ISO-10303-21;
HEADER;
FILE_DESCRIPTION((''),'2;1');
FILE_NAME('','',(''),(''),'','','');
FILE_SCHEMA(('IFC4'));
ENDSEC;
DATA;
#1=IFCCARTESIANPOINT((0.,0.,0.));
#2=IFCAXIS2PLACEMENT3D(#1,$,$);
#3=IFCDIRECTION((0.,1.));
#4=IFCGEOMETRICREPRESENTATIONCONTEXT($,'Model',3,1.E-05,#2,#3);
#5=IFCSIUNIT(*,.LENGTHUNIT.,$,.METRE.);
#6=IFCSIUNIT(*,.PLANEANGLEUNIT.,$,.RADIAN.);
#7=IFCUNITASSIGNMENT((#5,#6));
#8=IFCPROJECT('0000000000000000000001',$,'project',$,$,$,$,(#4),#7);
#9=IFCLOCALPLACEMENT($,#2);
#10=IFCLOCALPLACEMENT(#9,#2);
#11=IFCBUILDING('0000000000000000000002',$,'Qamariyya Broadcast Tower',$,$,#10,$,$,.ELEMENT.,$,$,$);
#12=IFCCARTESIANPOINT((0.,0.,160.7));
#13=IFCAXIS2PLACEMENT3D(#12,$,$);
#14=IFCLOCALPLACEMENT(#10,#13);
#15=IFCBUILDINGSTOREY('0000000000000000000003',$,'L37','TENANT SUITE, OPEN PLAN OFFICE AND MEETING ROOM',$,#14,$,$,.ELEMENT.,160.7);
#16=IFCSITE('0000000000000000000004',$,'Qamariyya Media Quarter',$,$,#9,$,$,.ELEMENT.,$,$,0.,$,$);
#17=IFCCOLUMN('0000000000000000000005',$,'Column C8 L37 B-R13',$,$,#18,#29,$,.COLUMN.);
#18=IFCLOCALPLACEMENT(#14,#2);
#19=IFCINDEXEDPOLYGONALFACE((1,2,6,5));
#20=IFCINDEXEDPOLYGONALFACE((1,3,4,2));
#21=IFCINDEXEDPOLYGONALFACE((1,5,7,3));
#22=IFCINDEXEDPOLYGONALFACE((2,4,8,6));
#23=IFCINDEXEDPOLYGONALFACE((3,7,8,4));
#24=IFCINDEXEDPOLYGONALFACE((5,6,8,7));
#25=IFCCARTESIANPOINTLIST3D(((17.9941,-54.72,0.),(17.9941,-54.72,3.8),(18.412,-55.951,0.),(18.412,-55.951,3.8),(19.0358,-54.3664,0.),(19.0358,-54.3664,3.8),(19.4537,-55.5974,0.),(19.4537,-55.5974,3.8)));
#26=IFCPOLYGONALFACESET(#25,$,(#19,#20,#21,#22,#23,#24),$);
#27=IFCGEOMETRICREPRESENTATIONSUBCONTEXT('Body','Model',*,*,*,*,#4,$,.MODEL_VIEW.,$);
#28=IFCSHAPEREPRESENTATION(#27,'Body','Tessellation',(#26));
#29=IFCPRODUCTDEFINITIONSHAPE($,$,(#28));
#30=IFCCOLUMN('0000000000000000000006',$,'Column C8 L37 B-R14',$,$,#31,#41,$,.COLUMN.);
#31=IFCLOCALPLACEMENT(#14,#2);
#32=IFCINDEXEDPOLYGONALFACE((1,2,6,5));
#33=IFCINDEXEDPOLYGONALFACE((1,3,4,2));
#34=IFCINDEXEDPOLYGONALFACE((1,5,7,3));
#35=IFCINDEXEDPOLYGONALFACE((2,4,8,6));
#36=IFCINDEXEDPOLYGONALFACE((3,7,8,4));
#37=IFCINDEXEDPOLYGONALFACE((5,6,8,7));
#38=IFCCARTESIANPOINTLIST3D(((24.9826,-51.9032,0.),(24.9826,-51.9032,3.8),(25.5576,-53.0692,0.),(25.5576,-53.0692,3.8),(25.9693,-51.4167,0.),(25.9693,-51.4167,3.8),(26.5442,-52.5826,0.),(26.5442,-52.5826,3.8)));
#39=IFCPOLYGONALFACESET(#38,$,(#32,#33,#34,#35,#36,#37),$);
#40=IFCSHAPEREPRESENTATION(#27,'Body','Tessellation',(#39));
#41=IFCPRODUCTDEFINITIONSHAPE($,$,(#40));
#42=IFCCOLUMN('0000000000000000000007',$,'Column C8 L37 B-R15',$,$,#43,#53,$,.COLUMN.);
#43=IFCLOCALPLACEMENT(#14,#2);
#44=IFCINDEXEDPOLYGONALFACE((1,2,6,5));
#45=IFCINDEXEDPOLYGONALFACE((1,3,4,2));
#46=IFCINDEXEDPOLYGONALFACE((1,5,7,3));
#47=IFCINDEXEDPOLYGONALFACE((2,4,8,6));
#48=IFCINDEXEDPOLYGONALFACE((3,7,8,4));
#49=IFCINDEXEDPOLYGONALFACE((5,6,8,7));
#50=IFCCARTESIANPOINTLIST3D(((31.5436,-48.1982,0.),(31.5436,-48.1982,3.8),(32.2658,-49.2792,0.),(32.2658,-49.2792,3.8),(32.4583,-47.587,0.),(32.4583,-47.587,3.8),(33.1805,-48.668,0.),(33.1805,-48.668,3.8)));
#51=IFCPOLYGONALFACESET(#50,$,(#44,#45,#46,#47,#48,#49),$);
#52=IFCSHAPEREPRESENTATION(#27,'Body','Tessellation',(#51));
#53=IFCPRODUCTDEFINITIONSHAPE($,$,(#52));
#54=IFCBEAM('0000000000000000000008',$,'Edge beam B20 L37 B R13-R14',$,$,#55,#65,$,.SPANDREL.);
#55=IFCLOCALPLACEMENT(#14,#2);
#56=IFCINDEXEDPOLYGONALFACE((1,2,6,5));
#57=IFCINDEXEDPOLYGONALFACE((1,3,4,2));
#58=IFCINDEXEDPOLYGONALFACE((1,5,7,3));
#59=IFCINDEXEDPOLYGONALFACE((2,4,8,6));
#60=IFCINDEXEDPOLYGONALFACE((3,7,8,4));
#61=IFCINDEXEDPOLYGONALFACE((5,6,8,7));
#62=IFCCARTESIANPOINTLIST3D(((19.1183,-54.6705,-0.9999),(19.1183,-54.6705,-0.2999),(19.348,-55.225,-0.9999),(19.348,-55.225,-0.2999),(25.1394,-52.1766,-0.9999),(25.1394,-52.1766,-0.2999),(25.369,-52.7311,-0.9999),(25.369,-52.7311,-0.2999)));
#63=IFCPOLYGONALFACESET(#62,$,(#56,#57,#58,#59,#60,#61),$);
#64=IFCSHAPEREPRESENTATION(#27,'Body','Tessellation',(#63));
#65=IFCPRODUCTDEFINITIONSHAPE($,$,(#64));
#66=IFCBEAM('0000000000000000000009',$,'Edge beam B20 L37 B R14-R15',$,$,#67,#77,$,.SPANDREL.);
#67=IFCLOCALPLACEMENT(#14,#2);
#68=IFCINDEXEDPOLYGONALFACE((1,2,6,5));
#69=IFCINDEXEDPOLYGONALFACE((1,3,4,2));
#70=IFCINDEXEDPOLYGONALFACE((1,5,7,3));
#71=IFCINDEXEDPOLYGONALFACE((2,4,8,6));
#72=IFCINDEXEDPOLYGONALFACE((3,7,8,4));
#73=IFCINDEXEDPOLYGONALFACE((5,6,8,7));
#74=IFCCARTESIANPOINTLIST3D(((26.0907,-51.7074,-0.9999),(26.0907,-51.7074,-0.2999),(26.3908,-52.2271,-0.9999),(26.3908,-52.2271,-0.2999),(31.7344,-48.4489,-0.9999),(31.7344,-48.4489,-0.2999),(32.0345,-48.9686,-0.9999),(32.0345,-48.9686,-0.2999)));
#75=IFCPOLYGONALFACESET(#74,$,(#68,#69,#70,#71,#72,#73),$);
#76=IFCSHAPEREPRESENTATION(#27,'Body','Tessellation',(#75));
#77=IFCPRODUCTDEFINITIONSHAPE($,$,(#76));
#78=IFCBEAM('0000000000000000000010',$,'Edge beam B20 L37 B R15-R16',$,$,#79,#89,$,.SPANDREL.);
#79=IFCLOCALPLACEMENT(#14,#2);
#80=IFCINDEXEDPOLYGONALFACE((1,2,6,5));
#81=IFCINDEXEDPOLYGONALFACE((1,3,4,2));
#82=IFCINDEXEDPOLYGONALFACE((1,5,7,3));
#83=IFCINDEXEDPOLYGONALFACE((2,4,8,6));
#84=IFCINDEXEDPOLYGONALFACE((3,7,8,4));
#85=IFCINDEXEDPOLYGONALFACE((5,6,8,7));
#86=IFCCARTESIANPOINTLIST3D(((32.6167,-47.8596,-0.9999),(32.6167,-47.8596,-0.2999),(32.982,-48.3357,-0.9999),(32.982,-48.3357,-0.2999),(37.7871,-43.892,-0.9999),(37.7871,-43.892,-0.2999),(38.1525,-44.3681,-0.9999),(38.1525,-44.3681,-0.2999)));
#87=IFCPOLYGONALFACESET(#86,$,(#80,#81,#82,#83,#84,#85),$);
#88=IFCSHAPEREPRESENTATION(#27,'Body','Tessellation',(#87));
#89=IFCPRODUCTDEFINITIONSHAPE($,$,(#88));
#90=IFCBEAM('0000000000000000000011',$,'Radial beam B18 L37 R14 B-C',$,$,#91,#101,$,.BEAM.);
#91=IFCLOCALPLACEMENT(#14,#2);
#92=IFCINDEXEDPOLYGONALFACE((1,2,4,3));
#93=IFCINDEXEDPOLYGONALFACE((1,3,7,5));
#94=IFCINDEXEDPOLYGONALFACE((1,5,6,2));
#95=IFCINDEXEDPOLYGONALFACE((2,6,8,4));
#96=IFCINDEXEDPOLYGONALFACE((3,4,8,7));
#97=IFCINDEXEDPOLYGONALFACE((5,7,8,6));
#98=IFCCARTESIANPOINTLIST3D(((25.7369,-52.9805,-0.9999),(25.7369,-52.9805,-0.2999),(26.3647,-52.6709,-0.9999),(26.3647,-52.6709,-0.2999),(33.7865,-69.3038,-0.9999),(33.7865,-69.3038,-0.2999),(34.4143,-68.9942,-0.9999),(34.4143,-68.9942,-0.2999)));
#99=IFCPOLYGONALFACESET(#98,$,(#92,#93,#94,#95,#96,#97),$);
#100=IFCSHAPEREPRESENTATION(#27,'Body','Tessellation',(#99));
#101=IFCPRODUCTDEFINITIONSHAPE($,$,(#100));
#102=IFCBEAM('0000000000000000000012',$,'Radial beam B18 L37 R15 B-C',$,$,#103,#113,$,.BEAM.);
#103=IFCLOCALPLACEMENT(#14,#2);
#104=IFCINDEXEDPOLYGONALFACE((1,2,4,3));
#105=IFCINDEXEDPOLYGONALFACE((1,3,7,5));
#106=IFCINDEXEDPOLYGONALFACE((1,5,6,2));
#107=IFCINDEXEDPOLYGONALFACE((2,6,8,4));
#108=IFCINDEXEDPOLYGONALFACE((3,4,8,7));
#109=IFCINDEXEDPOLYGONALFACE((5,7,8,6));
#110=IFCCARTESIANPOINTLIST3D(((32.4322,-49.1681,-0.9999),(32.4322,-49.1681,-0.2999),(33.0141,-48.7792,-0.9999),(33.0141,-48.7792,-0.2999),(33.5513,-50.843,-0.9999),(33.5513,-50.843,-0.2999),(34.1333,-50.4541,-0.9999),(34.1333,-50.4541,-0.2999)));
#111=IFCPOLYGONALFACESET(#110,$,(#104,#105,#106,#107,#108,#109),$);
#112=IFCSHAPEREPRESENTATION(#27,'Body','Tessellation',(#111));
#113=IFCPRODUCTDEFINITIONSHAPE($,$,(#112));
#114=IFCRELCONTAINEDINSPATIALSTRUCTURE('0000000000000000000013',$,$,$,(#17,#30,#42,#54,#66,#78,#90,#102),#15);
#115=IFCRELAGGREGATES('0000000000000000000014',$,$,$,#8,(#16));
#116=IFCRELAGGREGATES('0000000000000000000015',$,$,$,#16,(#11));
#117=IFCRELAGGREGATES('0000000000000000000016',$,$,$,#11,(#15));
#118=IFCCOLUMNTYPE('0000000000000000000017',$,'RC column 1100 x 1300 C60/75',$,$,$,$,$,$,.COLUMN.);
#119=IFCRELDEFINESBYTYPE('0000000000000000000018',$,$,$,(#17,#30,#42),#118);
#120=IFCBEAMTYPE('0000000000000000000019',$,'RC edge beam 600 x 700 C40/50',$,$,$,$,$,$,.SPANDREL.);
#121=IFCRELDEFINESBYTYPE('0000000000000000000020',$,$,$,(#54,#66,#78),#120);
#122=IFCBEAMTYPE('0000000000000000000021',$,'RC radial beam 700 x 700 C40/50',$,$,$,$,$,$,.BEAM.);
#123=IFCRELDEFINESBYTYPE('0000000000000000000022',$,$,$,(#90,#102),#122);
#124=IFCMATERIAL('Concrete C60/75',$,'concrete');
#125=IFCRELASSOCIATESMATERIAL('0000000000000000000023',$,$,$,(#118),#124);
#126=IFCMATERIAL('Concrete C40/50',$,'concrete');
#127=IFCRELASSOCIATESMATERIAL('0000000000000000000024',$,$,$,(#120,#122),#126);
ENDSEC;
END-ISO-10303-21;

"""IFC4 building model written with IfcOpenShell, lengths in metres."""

from ifc_helpers import new_model, si_unit, direction, frame, origin, origin_2d, place, context, subcontext, project, spatial, rectangle, extrude, material, material_profile, profile_set, type_object, element, save


model = new_model("IFC4")

# Units and contexts
model_context = context("Model", 3, precision=1e-05, world=origin(), true_north=direction((0.0, 1.0)))
body_context = subcontext(model_context, "Body", "Model", "MODEL_VIEW")
ifc_project = project(units=[si_unit("LENGTHUNIT", "METRE"), si_unit("PLANEANGLEUNIT", "RADIAN")], contexts=[model_context])

# Site, building, storey
site_placement = place(None, origin())
site = spatial("IfcSite", under=ifc_project, at=site_placement, Name="Qamariyya Media Quarter", CompositionType="ELEMENT", RefElevation=0.0)
building_placement = place(site_placement, origin())
building = spatial("IfcBuilding", under=site, at=building_placement, Name="Qamariyya Broadcast Tower", CompositionType="ELEMENT")
storey_placement = place(building_placement, frame((0.0, 0.0, 160.7)))
storey = spatial("IfcBuildingStorey", under=building, at=storey_placement, Name="L37", Description="TENANT SUITE, OPEN PLAN OFFICE AND MEETING ROOM", CompositionType="ELEMENT", Elevation=160.7)

# Columns
ifc_material_1 = material(Name="Concrete C60/75", Category="concrete")
ifc_material_profile_1 = material_profile(ifc_material_1, rectangle(XDim=1.1001, YDim=1.3, at=origin_2d()))
ifc_profile_set_1 = profile_set([ifc_material_profile_1], Name="Concrete C60/75")
column_type = type_object("IfcColumnType", Name="RC column 1100 x 1300 C60/75", PredefinedType="COLUMN", material=ifc_profile_set_1)
for number, where, z_axis, x_axis, name in (
    (1, (18.7239, -55.1587, 0.0), (0.0, 0.0, 1.0), (0.94693, 0.321439, 0.0), "Column C8 L37 B-R13"),
    (2, (25.7634, -52.2429, 0.0), (0.0, 0.0, 1.0), (0.896873, 0.442289, 0.0), "Column C8 L37 B-R14"),
    (3, (32.3621, -48.4331, 0.0), (0.0, 0.0, 1.0), (0.83147, 0.55557, 0.0), "Column C8 L37 B-R15"),
):
    element("IfcColumn", number, at=place(storey_placement, frame(where, z_axis=z_axis, x_axis=x_axis)), inside=storey, type_object=column_type, Name=name, PredefinedType="COLUMN", context=body_context, shape_type="SweptSolid", body=[
        extrude(rectangle(XDim=1.1001, YDim=1.3, at=origin_2d()), origin(), (0.0, 0.0, 1.0), 3.8),
    ])

# Beams
ifc_material_2 = material(Name="Concrete C40/50", Category="concrete")
ifc_material_profile_2 = material_profile(ifc_material_2, rectangle(XDim=0.6001, YDim=0.7, at=origin_2d()))
ifc_profile_set_2 = profile_set([ifc_material_profile_2], Name="Concrete C40/50")
beam_type_1 = type_object("IfcBeamType", Name="RC edge beam 600 x 700 C40/50", PredefinedType="SPANDREL", material=ifc_profile_set_2)
beam_1_placement = place(storey_placement, frame((19.2332, -54.9478, -0.6499), z_axis=(0.923884, 0.382673, 0.0), x_axis=(-0.382673, 0.923884, 0.0)))
element("IfcBeam", 4, at=beam_1_placement, inside=storey, type_object=beam_type_1, Name="Edge beam B20 L37 B R13-R14", PredefinedType="SPANDREL", context=body_context, shape_type="SweptSolid", body=[
    extrude(rectangle(XDim=0.6001, YDim=0.7, at=origin_2d()), origin(), (0.0, 0.0, 1.0), 6.5171),
])
beam_2_placement = place(storey_placement, frame((26.2407, -51.9673, -0.6499), z_axis=(0.866019, 0.500011, 0.0), x_axis=(-0.500011, 0.866019, 0.0)))
element("IfcBeam", 5, at=beam_2_placement, inside=storey, type_object=beam_type_1, Name="Edge beam B20 L37 B R14-R15", PredefinedType="SPANDREL", context=body_context, shape_type="SweptSolid", body=[
    extrude(rectangle(XDim=0.6001, YDim=0.7, at=origin_2d()), origin(), (0.0, 0.0, 1.0), 6.5168),
])
beam_3_placement = place(storey_placement, frame((32.7993, -48.0977, -0.6499), z_axis=(0.793343, 0.608774, 0.0), x_axis=(-0.608774, 0.793343, 0.0)))
element("IfcBeam", 6, at=beam_3_placement, inside=storey, type_object=beam_type_1, Name="Edge beam B20 L37 B R15-R16", PredefinedType="SPANDREL", context=body_context, shape_type="SweptSolid", body=[
    extrude(rectangle(XDim=0.6001, YDim=0.7, at=origin_2d()), origin(), (0.0, 0.0, 1.0), 6.5173),
])
ifc_material_profile_3 = material_profile(ifc_material_2, rectangle(XDim=0.7, YDim=0.7, at=origin_2d()))
ifc_profile_set_3 = profile_set([ifc_material_profile_3], Name="Concrete C40/50")
beam_type_2 = type_object("IfcBeamType", Name="RC radial beam 700 x 700 C40/50", PredefinedType="BEAM", material=ifc_profile_set_3)
beam_4_placement = place(storey_placement, frame((26.0508, -52.8257, -0.6499), z_axis=(0.442281, -0.896876, 0.0), x_axis=(0.896876, 0.442281, 0.0)))
element("IfcBeam", 7, at=beam_4_placement, inside=storey, type_object=beam_type_2, Name="Radial beam B18 L37 R14 B-C", PredefinedType="BEAM", context=body_context, shape_type="SweptSolid", body=[
    extrude(rectangle(XDim=0.7, YDim=0.7, at=origin_2d()), origin(), (0.0, 0.0, 1.0), 18.2002),
])
beam_5_placement = place(storey_placement, frame((32.7231, -48.9736, -0.6499), z_axis=(0.555595, -0.831453, 0.0), x_axis=(0.831453, 0.555595, 0.0)))
element("IfcBeam", 8, at=beam_5_placement, inside=storey, type_object=beam_type_2, Name="Radial beam B18 L37 R15 B-C", PredefinedType="BEAM", context=body_context, shape_type="SweptSolid", body=[
    extrude(rectangle(XDim=0.7, YDim=0.7, at=origin_2d()), origin(), (0.0, 0.0, 1.0), 2.0144),
])

save(model, "model.ifc")
